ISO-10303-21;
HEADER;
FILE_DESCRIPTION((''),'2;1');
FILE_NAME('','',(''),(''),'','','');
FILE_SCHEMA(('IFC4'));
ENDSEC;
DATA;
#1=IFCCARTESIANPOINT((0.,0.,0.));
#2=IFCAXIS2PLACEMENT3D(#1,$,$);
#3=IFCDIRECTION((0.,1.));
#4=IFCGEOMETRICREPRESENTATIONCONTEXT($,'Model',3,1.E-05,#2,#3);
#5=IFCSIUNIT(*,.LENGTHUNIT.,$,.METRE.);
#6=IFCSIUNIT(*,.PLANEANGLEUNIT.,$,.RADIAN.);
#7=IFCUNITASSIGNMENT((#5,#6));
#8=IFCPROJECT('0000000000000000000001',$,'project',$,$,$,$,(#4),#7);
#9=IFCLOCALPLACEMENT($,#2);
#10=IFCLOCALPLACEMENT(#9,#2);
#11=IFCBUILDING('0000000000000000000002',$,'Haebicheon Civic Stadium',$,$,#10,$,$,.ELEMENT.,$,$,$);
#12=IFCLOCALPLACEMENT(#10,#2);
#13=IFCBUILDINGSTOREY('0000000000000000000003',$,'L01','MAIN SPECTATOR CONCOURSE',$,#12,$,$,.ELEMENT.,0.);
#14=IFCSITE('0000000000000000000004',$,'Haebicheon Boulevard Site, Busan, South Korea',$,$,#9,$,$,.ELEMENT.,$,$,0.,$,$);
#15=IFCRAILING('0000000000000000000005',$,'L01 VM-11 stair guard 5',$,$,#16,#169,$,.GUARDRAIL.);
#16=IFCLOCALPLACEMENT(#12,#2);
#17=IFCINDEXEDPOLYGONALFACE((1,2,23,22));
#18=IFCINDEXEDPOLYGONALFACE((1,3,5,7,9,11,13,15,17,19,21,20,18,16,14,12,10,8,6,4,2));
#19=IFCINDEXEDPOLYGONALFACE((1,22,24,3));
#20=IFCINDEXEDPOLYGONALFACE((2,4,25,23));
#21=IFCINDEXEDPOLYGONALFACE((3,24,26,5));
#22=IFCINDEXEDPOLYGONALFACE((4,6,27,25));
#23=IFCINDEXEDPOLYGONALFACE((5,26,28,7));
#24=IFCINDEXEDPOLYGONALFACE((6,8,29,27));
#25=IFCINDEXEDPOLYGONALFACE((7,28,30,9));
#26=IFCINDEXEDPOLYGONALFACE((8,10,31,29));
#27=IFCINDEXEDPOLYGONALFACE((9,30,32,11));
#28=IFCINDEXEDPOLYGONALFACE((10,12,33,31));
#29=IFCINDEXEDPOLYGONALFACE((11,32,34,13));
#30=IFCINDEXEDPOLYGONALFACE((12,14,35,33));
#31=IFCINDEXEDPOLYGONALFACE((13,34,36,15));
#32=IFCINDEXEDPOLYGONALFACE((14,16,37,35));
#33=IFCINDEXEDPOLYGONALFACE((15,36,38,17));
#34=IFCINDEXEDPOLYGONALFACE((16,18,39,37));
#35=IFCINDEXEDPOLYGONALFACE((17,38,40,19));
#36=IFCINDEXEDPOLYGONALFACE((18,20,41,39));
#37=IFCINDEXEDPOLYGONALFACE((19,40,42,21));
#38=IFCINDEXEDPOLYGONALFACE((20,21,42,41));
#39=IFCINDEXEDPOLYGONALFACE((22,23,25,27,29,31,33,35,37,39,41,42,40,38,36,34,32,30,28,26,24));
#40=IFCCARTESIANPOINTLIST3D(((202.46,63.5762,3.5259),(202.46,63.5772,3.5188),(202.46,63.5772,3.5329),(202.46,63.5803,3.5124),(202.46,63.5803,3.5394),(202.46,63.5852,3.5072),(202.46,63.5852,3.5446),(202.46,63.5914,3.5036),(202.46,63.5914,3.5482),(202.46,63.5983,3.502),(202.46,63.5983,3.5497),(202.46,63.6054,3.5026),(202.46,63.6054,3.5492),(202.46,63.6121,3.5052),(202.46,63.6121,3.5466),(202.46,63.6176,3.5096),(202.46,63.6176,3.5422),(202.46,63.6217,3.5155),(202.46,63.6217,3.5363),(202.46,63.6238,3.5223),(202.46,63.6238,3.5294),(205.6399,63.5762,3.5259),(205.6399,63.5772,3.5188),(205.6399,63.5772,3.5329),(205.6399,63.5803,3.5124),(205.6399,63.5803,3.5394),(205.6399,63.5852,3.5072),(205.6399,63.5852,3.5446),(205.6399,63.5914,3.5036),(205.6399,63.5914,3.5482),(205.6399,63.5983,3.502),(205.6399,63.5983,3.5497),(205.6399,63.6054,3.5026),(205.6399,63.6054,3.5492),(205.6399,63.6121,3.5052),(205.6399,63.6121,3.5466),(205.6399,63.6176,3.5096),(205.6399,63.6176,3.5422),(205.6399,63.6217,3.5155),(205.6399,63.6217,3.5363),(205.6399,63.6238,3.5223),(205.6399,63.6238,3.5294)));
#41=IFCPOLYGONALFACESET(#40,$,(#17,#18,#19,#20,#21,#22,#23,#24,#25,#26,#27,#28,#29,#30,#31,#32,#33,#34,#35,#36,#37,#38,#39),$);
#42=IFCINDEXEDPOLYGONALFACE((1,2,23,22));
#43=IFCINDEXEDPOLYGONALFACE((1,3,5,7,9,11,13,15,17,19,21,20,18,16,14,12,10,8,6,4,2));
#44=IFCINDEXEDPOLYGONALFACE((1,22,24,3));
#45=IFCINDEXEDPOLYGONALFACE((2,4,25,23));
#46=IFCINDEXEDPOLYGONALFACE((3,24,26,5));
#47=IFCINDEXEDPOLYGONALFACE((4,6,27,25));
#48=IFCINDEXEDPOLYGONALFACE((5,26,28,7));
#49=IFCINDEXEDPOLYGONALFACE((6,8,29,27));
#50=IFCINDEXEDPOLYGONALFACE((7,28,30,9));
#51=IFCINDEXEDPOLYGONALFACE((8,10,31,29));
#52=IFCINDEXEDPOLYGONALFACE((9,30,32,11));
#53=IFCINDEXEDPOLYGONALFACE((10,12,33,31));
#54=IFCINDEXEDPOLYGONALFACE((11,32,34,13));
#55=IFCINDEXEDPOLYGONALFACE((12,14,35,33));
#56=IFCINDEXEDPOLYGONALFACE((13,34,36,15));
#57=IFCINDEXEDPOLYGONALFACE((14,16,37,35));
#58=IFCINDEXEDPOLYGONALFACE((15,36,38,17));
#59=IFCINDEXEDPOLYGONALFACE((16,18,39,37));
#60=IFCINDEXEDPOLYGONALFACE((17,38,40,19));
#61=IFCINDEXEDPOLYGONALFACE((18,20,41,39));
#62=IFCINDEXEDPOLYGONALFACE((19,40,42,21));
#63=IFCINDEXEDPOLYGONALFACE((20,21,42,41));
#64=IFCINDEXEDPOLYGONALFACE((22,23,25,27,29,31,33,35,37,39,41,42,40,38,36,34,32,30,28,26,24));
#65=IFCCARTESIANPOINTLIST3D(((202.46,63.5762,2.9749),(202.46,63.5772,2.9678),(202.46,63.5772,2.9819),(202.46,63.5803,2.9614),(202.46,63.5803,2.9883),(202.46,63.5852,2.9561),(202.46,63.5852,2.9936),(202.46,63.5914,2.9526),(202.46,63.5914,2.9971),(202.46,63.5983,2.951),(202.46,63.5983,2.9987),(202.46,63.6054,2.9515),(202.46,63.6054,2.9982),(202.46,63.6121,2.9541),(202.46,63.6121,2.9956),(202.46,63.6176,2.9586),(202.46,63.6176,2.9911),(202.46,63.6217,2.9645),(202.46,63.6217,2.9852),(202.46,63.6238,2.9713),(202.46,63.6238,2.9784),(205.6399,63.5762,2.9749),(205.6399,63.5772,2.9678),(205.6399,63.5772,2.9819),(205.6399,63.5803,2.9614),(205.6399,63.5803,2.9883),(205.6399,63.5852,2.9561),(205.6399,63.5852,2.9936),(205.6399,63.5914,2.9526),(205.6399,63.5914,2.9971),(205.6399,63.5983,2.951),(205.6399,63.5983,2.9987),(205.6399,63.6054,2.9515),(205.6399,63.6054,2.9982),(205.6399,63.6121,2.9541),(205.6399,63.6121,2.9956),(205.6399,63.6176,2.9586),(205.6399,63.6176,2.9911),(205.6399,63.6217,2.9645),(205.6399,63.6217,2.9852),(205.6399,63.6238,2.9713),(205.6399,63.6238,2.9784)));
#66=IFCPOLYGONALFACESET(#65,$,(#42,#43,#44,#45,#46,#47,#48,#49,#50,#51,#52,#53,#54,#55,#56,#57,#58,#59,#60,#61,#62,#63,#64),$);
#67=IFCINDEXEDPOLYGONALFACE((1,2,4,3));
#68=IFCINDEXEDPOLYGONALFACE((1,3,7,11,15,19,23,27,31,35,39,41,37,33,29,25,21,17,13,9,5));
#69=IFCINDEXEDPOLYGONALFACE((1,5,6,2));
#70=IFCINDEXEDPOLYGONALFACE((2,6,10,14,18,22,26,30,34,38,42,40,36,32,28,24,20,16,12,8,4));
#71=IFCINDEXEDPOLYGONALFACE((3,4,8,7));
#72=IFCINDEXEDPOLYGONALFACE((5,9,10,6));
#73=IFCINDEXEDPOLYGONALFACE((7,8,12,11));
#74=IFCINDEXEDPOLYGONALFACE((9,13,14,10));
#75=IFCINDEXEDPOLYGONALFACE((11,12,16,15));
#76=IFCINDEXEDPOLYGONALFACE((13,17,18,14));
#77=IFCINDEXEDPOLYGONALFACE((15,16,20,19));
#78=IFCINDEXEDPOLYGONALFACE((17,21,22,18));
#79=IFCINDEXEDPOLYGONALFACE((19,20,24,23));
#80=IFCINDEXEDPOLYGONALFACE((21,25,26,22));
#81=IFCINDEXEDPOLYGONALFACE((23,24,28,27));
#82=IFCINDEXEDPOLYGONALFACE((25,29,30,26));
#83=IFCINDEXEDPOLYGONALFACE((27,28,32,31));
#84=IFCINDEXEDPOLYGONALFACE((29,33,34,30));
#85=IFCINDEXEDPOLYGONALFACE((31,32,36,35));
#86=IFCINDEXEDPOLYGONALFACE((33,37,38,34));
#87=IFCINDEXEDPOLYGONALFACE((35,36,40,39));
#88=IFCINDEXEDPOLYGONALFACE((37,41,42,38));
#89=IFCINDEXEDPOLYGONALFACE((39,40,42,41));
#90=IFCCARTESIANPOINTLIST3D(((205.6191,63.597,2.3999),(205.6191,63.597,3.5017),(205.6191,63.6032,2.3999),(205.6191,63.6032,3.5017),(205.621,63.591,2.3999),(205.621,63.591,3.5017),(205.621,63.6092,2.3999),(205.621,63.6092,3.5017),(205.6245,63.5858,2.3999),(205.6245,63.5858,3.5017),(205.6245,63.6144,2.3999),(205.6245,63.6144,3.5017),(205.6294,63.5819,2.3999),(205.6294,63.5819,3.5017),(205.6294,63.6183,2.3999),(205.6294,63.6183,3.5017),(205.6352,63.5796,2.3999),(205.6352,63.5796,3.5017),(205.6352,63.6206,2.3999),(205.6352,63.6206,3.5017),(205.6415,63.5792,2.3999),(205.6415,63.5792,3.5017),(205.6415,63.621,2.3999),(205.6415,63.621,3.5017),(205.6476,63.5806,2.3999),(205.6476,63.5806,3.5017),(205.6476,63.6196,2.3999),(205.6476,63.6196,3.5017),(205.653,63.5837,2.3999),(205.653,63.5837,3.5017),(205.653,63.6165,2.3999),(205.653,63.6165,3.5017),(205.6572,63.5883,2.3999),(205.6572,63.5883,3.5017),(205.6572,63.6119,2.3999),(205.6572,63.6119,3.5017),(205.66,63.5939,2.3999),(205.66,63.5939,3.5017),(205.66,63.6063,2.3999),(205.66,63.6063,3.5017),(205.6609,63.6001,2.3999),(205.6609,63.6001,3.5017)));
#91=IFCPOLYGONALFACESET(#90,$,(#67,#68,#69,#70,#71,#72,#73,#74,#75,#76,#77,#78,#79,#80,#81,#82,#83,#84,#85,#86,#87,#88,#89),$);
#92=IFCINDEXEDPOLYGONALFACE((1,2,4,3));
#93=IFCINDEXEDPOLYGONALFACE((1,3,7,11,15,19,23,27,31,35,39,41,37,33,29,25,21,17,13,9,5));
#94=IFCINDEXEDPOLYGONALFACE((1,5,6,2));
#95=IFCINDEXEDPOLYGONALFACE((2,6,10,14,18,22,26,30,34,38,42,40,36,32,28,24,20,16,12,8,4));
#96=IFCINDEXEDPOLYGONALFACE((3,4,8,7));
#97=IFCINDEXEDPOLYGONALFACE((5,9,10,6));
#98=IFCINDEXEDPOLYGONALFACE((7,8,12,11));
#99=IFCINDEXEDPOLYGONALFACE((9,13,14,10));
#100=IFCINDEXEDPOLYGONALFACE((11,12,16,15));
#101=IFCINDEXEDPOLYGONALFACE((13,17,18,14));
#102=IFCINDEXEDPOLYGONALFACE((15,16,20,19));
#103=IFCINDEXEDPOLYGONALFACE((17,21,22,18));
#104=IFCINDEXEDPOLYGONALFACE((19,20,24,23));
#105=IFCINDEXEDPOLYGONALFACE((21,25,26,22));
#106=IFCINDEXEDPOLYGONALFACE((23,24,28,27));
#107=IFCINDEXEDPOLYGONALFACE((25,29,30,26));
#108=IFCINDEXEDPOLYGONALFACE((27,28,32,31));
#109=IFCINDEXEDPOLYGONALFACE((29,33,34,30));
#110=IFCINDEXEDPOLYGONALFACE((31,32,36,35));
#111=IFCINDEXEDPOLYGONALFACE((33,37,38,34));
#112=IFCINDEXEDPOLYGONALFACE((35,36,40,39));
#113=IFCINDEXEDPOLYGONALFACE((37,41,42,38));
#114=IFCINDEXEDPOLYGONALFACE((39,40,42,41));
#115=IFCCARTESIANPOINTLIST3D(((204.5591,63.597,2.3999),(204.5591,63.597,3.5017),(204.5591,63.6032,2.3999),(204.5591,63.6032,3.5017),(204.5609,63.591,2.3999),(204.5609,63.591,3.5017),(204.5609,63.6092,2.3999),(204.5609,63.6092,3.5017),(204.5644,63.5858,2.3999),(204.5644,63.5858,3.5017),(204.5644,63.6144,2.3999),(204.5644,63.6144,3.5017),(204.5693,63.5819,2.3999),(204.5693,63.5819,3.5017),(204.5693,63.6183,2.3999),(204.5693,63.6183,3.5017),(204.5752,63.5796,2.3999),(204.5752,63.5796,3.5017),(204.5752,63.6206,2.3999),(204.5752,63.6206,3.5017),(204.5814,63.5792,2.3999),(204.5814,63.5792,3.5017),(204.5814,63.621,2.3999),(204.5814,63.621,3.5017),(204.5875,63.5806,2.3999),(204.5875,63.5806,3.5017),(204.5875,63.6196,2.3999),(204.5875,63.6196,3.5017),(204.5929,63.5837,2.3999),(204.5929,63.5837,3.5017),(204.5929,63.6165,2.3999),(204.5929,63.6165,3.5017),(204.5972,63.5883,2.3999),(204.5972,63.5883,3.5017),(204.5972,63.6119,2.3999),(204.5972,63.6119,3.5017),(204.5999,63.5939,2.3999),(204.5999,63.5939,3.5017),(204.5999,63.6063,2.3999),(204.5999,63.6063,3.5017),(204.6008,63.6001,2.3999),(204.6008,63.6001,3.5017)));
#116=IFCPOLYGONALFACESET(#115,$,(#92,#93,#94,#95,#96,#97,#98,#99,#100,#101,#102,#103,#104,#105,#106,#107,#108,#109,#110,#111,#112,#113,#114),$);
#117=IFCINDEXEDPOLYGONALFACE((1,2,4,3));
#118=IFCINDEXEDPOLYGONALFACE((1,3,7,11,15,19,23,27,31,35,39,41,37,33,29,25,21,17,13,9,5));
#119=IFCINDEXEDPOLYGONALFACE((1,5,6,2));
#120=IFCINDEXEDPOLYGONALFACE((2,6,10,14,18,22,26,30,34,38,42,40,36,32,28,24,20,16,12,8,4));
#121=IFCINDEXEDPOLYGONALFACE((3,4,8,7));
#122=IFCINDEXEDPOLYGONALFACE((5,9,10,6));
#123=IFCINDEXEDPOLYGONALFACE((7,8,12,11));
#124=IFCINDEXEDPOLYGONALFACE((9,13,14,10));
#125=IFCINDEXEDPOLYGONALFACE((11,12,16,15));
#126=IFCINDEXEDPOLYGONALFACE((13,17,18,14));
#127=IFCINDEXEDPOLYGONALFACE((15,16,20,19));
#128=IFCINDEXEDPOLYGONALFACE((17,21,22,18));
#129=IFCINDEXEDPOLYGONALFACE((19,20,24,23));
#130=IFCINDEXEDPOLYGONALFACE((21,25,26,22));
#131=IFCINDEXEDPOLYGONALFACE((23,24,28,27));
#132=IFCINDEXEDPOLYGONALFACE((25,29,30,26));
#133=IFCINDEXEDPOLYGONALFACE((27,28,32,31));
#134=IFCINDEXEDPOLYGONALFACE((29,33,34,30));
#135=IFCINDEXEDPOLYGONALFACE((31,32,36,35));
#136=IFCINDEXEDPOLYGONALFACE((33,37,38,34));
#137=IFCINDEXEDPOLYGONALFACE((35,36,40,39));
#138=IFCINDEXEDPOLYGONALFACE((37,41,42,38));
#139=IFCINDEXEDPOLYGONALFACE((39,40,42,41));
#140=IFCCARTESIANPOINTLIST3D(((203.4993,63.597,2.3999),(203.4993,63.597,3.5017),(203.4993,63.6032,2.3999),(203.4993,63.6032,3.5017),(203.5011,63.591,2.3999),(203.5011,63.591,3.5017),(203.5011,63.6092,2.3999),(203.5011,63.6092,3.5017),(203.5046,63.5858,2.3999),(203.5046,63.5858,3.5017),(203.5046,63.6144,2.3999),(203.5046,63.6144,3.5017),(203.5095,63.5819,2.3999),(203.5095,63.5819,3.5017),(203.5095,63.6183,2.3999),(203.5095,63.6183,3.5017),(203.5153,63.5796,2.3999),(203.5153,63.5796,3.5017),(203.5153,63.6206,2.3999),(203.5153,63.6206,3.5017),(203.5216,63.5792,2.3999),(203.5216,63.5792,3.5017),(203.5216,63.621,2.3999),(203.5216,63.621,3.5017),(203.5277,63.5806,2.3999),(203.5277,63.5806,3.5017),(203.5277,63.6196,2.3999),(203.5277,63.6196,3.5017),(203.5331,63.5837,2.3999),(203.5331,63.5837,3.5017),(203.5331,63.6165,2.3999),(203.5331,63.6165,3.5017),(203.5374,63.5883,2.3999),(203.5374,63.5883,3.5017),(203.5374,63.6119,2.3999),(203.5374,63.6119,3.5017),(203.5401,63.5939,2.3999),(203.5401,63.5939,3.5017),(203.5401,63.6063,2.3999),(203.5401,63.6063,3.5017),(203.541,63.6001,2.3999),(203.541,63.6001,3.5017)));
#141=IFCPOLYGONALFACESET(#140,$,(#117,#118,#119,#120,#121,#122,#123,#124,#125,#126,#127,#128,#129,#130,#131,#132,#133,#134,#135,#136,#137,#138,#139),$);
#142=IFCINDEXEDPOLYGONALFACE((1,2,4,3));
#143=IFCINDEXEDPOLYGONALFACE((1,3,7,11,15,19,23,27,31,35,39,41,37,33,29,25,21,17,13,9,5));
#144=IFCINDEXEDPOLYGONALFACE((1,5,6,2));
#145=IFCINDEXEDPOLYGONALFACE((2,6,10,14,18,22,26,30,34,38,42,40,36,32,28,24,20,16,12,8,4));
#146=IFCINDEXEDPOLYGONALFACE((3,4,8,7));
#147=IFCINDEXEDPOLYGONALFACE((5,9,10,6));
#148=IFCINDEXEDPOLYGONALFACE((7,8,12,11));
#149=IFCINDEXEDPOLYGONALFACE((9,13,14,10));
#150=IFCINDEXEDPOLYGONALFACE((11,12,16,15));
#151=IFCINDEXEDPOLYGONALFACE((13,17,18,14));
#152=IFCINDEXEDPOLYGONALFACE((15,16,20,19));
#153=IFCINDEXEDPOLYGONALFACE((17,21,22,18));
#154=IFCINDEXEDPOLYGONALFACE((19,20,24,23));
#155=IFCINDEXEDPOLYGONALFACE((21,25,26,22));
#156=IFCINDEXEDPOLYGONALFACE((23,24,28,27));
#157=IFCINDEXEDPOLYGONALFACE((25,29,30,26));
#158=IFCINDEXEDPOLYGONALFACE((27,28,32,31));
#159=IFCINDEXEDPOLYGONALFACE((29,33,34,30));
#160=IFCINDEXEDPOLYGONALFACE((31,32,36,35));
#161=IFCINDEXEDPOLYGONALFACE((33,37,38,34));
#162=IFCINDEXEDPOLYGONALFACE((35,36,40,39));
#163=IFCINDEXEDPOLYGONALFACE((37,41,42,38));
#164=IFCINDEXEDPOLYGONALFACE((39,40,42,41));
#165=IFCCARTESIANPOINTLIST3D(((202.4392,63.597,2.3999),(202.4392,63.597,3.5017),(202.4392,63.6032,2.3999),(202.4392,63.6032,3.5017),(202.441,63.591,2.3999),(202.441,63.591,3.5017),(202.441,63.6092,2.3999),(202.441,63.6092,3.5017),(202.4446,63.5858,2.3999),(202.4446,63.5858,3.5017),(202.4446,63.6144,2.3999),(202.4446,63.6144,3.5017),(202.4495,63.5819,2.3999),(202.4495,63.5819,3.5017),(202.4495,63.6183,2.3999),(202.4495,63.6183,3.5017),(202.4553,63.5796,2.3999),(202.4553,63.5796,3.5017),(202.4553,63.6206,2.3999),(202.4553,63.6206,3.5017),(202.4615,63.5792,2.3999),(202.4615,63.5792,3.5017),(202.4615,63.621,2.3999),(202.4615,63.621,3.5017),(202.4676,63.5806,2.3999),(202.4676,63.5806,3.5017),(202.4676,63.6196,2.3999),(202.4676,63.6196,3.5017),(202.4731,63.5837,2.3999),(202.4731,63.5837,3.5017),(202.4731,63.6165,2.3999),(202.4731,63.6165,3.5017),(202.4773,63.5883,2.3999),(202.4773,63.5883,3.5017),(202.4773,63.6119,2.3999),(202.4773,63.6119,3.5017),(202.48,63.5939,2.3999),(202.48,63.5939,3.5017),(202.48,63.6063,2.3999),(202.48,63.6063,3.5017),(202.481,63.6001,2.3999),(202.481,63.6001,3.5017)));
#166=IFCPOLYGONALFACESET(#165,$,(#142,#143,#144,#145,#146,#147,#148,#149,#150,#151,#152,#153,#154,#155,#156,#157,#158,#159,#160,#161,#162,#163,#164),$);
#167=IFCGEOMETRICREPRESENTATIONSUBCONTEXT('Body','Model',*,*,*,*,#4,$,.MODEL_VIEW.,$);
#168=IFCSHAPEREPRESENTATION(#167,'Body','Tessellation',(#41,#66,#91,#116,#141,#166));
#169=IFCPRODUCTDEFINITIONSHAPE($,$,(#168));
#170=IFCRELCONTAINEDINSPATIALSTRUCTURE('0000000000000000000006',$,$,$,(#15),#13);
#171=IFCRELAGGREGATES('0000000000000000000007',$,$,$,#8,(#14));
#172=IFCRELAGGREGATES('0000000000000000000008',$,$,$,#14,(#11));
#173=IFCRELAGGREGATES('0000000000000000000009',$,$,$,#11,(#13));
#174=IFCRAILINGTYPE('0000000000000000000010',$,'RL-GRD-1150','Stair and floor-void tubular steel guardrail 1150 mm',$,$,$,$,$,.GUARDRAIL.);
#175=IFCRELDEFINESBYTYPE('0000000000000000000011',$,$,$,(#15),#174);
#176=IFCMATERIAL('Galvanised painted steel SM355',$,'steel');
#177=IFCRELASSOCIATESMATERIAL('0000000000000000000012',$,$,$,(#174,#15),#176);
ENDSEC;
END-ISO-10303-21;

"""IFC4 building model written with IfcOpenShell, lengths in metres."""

from ifc_helpers import new_model, si_unit, direction, frame, origin, origin_2d, place, context, subcontext, project, spatial, circle, extrude, material, type_object, element, save


model = new_model("IFC4")

# Units and contexts
model_context = context("Model", 3, precision=1e-05, world=origin(), true_north=direction((0.0, 1.0)))
body_context = subcontext(model_context, "Body", "Model", "MODEL_VIEW")
ifc_project = project(units=[si_unit("LENGTHUNIT", "METRE"), si_unit("PLANEANGLEUNIT", "RADIAN")], contexts=[model_context])

# Site, building, storey
site_placement = place(None, origin())
site = spatial("IfcSite", under=ifc_project, at=site_placement, Name="Haebicheon Boulevard Site, Busan, South Korea", CompositionType="ELEMENT", RefElevation=0.0)
building_placement = place(site_placement, origin())
building = spatial("IfcBuilding", under=site, at=building_placement, Name="Haebicheon Civic Stadium", CompositionType="ELEMENT")
storey_placement = place(building_placement, origin())
storey = spatial("IfcBuildingStorey", under=building, at=storey_placement, Name="L01", Description="MAIN SPECTATOR CONCOURSE", CompositionType="ELEMENT", Elevation=0.0)

# Railing
ifc_material_1 = material(Name="Galvanised painted steel SM355", Category="steel")
railing_type_1 = type_object("IfcRailingType", Name="RL-GRD-1150", Description="Stair and floor-void tubular steel guardrail 1150 mm", PredefinedType="GUARDRAIL", material=ifc_material_1)
railing_1_placement = place(storey_placement, frame((205.6399, 63.6001, 2.3999)))
element("IfcRailing", 1, at=railing_1_placement, inside=storey, type_object=railing_type_1, material=ifc_material_1, Name="L01 VM-11 stair guard 5", PredefinedType="GUARDRAIL", context=body_context, shape_type="SweptSolid", body=[
    extrude(circle(Radius=0.0239, at=origin_2d()), frame((0.0, 0.0, 1.126), z_axis=(-1.0, 0.0, 0.0), x_axis=(0.0, -1.0, 0.0)), (0.0, 0.0, 1.0), 3.1799),
    extrude(circle(Radius=0.0239, at=origin_2d()), frame((0.0, 0.0, 0.575), z_axis=(-1.0, 0.0, 0.0), x_axis=(0.0, -1.0, 0.0)), (0.0, 0.0, 1.0), 3.1799),
    extrude(circle(Radius=0.021, at=origin_2d()), origin(), (0.0, 0.0, 1.0), 1.1018),
    extrude(circle(Radius=0.021, at=origin_2d()), frame((-1.0601, 0.0, 0.0)), (0.0, 0.0, 1.0), 1.1018),
    extrude(circle(Radius=0.021, at=origin_2d()), frame((-2.1199, 0.0, 0.0)), (0.0, 0.0, 1.0), 1.1018),
    extrude(circle(Radius=0.021, at=origin_2d()), frame((-3.1799, 0.0, 0.0)), (0.0, 0.0, 1.0), 1.1018),
])

save(model, "model.ifc")
